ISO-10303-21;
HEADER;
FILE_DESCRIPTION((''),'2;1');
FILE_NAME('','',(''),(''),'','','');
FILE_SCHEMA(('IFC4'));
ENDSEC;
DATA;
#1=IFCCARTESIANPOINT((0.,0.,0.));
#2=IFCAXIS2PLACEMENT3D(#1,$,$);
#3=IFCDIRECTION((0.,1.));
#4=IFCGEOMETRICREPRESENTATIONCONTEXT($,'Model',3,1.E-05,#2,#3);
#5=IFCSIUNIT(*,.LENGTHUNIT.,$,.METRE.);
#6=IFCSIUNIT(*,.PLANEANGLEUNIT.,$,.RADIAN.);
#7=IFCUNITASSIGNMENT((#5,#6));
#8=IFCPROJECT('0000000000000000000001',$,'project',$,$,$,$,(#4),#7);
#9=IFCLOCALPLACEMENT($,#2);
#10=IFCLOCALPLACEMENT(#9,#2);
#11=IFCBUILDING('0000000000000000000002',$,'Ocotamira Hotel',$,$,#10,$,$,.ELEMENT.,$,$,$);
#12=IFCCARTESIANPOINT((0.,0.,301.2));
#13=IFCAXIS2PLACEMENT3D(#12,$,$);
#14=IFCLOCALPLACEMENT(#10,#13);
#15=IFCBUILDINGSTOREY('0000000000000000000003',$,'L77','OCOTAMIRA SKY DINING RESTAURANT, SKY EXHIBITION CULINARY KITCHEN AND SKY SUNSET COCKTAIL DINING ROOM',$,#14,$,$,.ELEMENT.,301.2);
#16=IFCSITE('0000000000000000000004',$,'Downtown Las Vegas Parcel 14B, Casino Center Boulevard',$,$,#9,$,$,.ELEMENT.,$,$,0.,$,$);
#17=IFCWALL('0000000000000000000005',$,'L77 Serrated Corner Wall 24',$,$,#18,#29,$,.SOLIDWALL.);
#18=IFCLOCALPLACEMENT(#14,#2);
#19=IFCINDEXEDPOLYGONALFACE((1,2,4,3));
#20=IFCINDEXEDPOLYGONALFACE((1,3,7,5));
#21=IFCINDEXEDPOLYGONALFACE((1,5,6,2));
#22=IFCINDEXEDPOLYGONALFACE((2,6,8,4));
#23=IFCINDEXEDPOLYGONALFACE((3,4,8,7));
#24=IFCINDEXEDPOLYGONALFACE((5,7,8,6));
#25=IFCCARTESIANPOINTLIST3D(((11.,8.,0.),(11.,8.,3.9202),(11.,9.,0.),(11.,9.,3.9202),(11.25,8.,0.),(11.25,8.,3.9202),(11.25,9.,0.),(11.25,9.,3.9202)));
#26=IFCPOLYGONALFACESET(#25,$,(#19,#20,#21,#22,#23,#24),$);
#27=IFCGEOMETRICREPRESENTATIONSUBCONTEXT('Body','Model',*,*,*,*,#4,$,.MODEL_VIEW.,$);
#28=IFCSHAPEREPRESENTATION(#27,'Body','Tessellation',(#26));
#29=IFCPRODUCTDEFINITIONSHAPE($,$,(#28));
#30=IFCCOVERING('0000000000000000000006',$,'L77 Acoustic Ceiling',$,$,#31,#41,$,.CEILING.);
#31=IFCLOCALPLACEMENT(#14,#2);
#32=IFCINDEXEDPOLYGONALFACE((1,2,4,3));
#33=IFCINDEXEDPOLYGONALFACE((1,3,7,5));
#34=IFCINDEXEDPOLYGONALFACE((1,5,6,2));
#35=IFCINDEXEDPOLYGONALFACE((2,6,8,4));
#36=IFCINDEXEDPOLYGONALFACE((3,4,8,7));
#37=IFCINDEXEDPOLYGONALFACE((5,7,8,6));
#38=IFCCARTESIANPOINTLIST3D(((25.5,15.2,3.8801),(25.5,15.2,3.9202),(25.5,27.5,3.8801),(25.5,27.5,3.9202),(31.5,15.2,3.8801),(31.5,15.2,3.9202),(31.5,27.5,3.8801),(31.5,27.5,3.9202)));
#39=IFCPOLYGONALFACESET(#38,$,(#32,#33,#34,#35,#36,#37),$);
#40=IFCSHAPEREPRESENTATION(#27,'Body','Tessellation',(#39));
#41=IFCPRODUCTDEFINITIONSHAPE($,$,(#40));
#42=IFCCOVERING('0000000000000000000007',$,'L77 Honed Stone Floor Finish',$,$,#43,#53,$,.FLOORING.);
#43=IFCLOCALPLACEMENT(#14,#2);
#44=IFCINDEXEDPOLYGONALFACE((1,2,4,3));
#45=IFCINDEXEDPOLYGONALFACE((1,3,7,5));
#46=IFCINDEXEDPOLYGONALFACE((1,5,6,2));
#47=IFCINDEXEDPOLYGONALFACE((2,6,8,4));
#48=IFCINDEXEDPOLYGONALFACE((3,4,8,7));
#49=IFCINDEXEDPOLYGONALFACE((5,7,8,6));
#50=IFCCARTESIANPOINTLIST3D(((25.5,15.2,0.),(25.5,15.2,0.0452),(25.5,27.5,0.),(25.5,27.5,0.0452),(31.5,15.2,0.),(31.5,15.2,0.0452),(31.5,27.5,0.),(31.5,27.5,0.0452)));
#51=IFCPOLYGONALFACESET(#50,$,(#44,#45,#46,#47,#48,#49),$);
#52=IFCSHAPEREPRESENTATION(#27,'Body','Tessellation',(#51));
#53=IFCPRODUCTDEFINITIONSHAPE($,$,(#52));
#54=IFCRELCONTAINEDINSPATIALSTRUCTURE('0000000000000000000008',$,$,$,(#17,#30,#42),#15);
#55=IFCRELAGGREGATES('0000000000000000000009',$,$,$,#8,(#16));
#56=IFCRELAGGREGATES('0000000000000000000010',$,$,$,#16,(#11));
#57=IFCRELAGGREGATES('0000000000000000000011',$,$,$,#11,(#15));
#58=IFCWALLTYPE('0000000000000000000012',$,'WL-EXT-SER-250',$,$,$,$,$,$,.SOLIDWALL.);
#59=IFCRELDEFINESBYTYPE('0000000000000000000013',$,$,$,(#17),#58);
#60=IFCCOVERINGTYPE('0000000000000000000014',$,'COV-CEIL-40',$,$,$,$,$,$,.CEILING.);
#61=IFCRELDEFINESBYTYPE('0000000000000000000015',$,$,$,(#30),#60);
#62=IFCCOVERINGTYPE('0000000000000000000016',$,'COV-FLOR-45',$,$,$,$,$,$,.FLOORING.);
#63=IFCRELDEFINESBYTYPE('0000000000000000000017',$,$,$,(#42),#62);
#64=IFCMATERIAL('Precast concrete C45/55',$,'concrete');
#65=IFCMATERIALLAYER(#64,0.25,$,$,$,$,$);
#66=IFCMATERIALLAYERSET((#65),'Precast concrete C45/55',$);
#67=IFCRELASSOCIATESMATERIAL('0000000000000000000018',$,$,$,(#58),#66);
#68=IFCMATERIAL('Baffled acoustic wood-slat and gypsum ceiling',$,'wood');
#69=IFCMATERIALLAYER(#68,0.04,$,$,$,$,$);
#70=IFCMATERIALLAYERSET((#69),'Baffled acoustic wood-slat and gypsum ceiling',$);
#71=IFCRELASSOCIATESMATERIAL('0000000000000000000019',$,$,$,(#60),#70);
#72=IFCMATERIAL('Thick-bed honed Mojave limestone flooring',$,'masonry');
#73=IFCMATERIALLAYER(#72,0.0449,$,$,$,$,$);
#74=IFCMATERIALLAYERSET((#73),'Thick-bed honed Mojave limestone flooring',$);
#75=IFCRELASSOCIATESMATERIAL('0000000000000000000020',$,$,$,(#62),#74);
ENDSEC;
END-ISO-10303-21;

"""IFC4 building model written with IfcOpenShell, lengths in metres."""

from ifc_helpers import new_model, si_unit, direction, frame, frame_2d, origin, place, context, subcontext, project, spatial, polyline, rectangle, outline, extrude, material, layer, layer_set, type_object, element, save


model = new_model("IFC4")

# Units and contexts
model_context = context("Model", 3, precision=1e-05, world=origin(), true_north=direction((0.0, 1.0)))
body_context = subcontext(model_context, "Body", "Model", "MODEL_VIEW")
ifc_project = project(units=[si_unit("LENGTHUNIT", "METRE"), si_unit("PLANEANGLEUNIT", "RADIAN")], contexts=[model_context])

# Site, building, storey
site_placement = place(None, origin())
site = spatial("IfcSite", under=ifc_project, at=site_placement, Name="Downtown Las Vegas Parcel 14B, Casino Center Boulevard", CompositionType="ELEMENT", RefElevation=0.0)
building_placement = place(site_placement, origin())
building = spatial("IfcBuilding", under=site, at=building_placement, Name="Ocotamira Hotel", CompositionType="ELEMENT")
storey_placement = place(building_placement, frame((0.0, 0.0, 301.2)))
storey = spatial("IfcBuildingStorey", under=building, at=storey_placement, Name="L77", Description="OCOTAMIRA SKY DINING RESTAURANT, SKY EXHIBITION CULINARY KITCHEN AND SKY SUNSET COCKTAIL DINING ROOM", CompositionType="ELEMENT", Elevation=301.2)

# Wall
ifc_material_1 = material(Name="Precast concrete C45/55", Category="concrete")
ifc_layer_1 = layer(ifc_material_1, 0.25)
ifc_layer_set_1 = layer_set([ifc_layer_1], Name="Precast concrete C45/55")
wall_type = type_object("IfcWallType", Name="WL-EXT-SER-250", PredefinedType="SOLIDWALL", material=ifc_layer_set_1)
for number, where, z_axis, x_axis, name in (
    (1, (11.125, 9.0, 0.0), (0.0, 0.0, 1.0), (0.0, -1.0, 0.0), "L77 Serrated Corner Wall 24"),
):
    element("IfcWall", number, at=place(storey_placement, frame(where, z_axis=z_axis, x_axis=x_axis)), inside=storey, type_object=wall_type, Name=name, PredefinedType="SOLIDWALL", context=body_context, shape_type="SweptSolid", body=[
        extrude(rectangle(XDim=1.0, YDim=0.25, at=frame_2d((0.5, 0.0))), origin(), (0.0, 0.0, 1.0), 3.9202),
    ])

# Coverings
ifc_material_2 = material(Name="Baffled acoustic wood-slat and gypsum ceiling", Category="wood")
ifc_layer_2 = layer(ifc_material_2, 0.04)
ifc_layer_set_2 = layer_set([ifc_layer_2], Name="Baffled acoustic wood-slat and gypsum ceiling")
covering_type_1 = type_object("IfcCoveringType", Name="COV-CEIL-40", PredefinedType="CEILING", material=ifc_layer_set_2)
covering_1_placement = place(storey_placement, frame((0.0, 0.0, 3.8801)))
element("IfcCovering", 2, at=covering_1_placement, inside=storey, type_object=covering_type_1, Name="L77 Acoustic Ceiling", PredefinedType="CEILING", context=body_context, shape_type="SweptSolid", body=[
    extrude(outline(polyline([(25.5, 15.2), (31.5, 15.2), (31.5, 27.5), (25.5, 27.5), (25.5, 15.2)])), origin(), (0.0, 0.0, 1.0), 0.04),
])
ifc_material_3 = material(Name="Thick-bed honed Mojave limestone flooring", Category="masonry")
ifc_layer_3 = layer(ifc_material_3, 0.0449)
ifc_layer_set_3 = layer_set([ifc_layer_3], Name="Thick-bed honed Mojave limestone flooring")
covering_type_2 = type_object("IfcCoveringType", Name="COV-FLOR-45", PredefinedType="FLOORING", material=ifc_layer_set_3)
covering_2_placement = place(storey_placement, origin())
element("IfcCovering", 3, at=covering_2_placement, inside=storey, type_object=covering_type_2, Name="L77 Honed Stone Floor Finish", PredefinedType="FLOORING", context=body_context, shape_type="SweptSolid", body=[
    extrude(outline(polyline([(25.5, 15.2), (31.5, 15.2), (31.5, 27.5), (25.5, 27.5), (25.5, 15.2)])), origin(), (0.0, 0.0, 1.0), 0.0452),
])

save(model, "model.ifc")
